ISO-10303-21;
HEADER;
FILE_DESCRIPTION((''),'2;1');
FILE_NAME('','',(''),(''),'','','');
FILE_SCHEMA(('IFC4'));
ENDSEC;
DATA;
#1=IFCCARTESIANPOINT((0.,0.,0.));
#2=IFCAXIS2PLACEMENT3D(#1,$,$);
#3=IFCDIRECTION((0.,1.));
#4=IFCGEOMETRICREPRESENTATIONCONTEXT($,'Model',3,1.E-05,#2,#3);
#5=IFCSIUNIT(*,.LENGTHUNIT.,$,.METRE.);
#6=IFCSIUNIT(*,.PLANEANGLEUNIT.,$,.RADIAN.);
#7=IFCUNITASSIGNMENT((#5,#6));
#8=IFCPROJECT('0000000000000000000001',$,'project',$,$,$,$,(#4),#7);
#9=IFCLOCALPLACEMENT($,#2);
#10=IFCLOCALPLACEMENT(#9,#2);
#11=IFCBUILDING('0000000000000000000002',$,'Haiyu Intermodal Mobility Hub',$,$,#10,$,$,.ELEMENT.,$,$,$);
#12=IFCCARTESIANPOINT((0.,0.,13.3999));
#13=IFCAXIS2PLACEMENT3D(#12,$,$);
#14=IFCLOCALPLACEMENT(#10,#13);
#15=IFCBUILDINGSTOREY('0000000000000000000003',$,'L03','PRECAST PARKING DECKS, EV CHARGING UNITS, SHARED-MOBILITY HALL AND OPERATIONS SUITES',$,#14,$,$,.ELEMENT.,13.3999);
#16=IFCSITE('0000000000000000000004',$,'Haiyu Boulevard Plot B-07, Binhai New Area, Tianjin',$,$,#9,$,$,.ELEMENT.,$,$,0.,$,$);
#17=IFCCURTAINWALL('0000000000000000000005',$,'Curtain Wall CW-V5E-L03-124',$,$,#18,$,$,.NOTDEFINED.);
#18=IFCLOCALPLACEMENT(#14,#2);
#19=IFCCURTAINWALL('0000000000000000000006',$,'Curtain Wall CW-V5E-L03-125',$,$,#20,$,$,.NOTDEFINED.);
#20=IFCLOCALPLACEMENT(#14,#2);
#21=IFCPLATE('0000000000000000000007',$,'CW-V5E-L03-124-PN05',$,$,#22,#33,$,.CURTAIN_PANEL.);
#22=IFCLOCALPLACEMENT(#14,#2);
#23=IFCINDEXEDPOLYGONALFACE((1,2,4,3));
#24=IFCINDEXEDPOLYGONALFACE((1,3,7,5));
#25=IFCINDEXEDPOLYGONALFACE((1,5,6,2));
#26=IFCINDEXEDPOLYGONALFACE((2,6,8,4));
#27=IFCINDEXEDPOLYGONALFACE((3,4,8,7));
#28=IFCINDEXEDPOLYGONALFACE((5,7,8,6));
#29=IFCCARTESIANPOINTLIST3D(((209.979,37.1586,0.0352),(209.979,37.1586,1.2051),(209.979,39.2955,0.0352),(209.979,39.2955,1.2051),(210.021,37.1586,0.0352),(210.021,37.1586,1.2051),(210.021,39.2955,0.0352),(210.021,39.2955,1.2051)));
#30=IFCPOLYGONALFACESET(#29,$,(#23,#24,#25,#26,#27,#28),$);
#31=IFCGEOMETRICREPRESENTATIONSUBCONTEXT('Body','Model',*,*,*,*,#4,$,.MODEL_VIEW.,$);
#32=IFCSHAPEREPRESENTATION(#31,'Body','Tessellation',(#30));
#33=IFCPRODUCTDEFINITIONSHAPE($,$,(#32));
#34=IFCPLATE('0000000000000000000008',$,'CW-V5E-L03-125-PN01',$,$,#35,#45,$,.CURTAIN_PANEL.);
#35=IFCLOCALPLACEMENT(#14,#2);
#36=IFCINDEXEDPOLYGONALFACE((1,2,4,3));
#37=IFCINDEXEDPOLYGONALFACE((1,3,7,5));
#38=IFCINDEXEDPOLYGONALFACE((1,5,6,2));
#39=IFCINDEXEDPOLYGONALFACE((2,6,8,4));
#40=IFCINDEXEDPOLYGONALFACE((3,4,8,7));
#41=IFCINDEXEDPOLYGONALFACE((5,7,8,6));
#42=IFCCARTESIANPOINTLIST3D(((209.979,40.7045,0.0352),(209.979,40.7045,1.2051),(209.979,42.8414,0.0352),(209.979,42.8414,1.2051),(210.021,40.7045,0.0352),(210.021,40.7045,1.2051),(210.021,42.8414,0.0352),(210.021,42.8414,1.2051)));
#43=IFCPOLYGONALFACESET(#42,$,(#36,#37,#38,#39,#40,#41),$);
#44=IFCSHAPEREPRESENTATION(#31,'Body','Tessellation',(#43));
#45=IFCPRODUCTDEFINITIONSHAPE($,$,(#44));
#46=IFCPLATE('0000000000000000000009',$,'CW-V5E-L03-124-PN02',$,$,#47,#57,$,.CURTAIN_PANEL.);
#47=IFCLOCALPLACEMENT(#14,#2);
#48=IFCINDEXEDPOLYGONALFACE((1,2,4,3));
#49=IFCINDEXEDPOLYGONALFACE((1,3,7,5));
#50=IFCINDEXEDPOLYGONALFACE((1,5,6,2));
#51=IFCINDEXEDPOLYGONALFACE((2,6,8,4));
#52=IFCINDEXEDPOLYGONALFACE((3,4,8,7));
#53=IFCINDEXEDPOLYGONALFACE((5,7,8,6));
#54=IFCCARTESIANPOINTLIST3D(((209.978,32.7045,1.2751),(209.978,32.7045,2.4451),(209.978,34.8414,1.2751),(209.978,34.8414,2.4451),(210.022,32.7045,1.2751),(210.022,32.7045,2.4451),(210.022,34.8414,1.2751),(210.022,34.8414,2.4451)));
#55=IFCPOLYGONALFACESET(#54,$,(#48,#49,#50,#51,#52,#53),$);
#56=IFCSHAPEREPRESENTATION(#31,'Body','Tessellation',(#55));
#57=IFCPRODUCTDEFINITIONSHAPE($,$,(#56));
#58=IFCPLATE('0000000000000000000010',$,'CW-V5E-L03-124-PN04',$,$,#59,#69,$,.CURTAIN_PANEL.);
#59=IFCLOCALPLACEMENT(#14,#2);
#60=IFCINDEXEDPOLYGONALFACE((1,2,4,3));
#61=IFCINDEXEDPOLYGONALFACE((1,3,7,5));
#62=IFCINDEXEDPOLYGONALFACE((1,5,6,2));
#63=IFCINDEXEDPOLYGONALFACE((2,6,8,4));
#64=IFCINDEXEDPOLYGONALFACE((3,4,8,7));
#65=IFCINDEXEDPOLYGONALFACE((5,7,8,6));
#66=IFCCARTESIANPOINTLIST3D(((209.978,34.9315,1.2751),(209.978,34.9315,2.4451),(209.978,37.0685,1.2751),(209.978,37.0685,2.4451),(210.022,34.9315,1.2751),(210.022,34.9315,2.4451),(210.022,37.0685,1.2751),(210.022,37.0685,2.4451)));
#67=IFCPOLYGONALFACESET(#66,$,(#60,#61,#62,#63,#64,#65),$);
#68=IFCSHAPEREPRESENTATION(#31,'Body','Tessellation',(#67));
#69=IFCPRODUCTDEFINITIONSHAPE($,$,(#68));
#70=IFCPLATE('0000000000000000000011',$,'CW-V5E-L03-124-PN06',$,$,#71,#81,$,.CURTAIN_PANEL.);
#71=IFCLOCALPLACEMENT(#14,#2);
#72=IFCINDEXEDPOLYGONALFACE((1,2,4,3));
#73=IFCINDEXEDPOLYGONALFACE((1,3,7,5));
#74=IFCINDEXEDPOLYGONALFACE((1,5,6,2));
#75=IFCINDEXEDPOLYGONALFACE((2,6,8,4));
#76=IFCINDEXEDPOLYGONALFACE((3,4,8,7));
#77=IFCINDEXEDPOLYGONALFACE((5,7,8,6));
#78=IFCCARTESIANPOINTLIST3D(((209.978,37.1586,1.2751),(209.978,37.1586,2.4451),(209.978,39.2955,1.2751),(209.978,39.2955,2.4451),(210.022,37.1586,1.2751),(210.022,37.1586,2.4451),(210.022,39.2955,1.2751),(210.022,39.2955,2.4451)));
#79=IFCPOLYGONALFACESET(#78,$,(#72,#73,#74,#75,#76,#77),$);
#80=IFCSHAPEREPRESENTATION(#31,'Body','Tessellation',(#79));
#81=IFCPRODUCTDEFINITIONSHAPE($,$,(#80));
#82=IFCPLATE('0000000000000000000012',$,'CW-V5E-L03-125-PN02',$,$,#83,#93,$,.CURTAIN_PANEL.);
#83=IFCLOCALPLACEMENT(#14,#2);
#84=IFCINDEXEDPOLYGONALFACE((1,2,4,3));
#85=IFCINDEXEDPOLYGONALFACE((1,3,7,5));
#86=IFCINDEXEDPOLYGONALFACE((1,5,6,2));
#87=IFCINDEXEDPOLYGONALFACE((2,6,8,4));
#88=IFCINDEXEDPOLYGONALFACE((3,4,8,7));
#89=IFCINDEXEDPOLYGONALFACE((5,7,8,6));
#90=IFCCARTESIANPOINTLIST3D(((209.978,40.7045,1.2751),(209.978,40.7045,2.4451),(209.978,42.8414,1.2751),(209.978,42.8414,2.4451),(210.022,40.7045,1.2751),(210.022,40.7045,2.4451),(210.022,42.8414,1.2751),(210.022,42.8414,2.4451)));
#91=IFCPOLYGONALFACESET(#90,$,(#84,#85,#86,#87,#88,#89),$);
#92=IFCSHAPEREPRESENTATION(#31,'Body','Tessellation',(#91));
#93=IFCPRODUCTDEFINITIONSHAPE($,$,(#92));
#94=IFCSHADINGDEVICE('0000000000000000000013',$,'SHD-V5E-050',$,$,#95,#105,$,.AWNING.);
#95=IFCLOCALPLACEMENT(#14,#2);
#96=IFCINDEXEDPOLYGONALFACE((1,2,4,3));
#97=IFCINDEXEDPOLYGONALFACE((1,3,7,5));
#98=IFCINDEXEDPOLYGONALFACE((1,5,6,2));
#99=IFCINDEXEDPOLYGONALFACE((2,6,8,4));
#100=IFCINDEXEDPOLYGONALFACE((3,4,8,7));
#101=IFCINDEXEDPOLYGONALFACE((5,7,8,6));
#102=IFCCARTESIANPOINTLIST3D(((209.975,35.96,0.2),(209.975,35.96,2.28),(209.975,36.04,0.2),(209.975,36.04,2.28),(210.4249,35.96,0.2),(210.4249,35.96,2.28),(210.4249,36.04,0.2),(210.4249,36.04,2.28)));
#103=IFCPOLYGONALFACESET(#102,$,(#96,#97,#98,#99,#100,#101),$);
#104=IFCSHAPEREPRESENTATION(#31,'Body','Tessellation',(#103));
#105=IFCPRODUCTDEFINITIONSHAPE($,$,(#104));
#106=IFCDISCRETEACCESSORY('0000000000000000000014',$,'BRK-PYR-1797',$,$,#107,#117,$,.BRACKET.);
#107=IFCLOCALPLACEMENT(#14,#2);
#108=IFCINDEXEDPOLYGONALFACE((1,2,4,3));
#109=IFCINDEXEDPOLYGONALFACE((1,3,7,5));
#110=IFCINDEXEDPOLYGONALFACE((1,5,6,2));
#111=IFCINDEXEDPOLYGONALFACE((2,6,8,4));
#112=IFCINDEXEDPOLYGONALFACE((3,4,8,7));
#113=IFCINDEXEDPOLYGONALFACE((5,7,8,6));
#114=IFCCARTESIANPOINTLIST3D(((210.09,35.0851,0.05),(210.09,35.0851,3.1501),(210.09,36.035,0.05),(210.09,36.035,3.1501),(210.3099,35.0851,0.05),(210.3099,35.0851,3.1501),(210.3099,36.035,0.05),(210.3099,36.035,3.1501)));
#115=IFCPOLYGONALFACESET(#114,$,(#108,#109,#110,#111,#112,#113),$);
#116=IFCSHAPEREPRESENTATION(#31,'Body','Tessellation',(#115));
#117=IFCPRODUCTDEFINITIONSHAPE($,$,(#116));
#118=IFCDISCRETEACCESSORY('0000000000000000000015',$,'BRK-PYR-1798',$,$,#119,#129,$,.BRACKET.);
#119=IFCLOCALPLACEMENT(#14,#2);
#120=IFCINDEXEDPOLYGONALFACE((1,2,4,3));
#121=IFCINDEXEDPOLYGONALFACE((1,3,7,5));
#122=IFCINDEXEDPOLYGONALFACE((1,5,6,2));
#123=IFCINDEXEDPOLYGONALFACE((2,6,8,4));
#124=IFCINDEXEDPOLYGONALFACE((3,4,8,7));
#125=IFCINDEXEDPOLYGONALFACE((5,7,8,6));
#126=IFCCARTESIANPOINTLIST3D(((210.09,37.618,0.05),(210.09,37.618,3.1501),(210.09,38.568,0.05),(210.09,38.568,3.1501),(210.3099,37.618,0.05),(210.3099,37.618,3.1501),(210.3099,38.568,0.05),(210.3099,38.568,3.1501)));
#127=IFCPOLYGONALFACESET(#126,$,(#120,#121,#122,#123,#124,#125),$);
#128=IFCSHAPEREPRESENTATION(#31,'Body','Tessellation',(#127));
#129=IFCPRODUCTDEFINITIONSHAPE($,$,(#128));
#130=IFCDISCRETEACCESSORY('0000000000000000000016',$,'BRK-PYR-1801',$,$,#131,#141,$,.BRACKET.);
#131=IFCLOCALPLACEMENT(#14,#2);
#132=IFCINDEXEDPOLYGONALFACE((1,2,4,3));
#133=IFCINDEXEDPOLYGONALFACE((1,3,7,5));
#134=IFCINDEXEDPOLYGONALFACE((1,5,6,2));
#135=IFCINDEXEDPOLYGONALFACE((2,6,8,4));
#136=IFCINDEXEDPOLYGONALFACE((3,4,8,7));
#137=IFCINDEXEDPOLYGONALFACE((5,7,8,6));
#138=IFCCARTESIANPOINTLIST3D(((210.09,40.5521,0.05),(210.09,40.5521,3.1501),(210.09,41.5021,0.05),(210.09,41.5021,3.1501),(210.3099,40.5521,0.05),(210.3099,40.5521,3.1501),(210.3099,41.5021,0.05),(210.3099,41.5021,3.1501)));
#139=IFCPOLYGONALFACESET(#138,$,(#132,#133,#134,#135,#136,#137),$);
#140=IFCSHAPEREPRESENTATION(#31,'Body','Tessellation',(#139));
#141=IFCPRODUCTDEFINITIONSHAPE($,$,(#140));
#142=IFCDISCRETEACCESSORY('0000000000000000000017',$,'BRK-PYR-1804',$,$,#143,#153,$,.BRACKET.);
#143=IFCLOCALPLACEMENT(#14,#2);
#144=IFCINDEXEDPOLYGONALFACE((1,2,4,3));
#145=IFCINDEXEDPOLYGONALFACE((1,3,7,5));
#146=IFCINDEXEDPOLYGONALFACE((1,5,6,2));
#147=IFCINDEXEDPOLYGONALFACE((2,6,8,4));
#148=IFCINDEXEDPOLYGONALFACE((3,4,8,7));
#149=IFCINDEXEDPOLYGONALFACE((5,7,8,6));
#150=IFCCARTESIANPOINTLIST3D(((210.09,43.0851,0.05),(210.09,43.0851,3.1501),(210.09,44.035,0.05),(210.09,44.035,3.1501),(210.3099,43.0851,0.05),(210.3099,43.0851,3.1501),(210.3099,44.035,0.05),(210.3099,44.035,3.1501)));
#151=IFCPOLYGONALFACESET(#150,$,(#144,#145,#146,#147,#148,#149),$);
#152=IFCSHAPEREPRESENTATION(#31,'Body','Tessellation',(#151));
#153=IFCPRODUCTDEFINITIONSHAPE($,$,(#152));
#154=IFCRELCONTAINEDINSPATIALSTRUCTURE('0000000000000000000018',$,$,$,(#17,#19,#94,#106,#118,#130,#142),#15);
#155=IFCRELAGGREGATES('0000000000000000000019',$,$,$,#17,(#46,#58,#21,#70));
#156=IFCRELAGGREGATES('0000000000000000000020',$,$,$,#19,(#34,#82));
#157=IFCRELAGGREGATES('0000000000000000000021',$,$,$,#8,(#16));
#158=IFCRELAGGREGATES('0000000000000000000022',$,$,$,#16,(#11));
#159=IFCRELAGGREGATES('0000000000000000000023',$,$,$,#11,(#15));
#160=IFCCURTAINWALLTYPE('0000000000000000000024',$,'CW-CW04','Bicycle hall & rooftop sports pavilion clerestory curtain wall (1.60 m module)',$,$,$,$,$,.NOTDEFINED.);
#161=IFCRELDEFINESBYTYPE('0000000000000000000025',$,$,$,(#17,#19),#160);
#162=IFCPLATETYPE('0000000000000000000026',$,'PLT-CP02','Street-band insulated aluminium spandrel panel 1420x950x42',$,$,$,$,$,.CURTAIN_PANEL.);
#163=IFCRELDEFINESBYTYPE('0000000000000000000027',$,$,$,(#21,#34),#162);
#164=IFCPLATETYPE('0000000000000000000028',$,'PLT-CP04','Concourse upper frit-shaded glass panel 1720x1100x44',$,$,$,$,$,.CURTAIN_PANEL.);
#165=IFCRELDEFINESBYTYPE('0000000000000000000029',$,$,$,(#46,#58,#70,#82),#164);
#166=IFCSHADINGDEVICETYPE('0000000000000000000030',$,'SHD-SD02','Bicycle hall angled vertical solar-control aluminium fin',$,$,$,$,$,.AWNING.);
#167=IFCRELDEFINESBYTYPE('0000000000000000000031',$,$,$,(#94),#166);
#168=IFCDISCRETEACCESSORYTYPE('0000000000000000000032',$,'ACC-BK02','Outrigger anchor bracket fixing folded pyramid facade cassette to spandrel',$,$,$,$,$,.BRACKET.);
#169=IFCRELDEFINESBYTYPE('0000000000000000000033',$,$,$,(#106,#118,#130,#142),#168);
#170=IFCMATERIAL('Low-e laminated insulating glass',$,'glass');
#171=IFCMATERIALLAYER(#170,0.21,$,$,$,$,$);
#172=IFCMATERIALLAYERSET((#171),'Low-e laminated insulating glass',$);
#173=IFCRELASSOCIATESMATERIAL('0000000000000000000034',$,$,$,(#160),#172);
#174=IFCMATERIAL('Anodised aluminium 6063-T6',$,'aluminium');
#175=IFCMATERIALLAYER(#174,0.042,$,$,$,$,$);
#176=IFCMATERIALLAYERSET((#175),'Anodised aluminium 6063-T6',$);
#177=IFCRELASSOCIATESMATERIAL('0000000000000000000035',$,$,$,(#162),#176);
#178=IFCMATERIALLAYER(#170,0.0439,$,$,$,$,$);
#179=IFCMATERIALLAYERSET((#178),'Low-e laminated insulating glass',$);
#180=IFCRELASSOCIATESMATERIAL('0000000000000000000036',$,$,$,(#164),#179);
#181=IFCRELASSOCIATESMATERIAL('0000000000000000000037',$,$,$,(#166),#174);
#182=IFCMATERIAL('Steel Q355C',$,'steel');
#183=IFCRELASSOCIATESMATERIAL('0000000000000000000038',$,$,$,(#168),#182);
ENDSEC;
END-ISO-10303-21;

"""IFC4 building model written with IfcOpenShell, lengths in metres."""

from ifc_helpers import new_model, si_unit, direction, frame, origin, origin_2d, place, context, subcontext, project, spatial, rectangle, extrude, material, layer, layer_set, material_profile, profile_set, type_object, element, aggregate, save


model = new_model("IFC4")

# Units and contexts
model_context = context("Model", 3, precision=1e-05, world=origin(), true_north=direction((0.0, 1.0)))
body_context = subcontext(model_context, "Body", "Model", "MODEL_VIEW")
ifc_project = project(units=[si_unit("LENGTHUNIT", "METRE"), si_unit("PLANEANGLEUNIT", "RADIAN")], contexts=[model_context])

# Site, building, storey
site_placement = place(None, origin())
site = spatial("IfcSite", under=ifc_project, at=site_placement, Name="Haiyu Boulevard Plot B-07, Binhai New Area, Tianjin", CompositionType="ELEMENT", RefElevation=0.0)
building_placement = place(site_placement, origin())
building = spatial("IfcBuilding", under=site, at=building_placement, Name="Haiyu Intermodal Mobility Hub", CompositionType="ELEMENT")
storey_placement = place(building_placement, frame((0.0, 0.0, 13.3999)))
storey = spatial("IfcBuildingStorey", under=building, at=storey_placement, Name="L03", Description="PRECAST PARKING DECKS, EV CHARGING UNITS, SHARED-MOBILITY HALL AND OPERATIONS SUITES", CompositionType="ELEMENT", Elevation=13.3999)

# Curtain walls
ifc_material_1 = material(Name="Low-e laminated insulating glass", Category="glass")
ifc_layer_1 = layer(ifc_material_1, 0.21)
ifc_layer_set_1 = layer_set([ifc_layer_1], Name="Low-e laminated insulating glass")
curtain_wall_type = type_object("IfcCurtainWallType", Name="CW-CW04", Description="Bicycle hall & rooftop sports pavilion clerestory curtain wall (1.60 m module)", PredefinedType="NOTDEFINED", material=ifc_layer_set_1)
curtain_wall_1_placement = place(storey_placement, origin())
curtain_wall_1 = element("IfcCurtainWall", 1, at=curtain_wall_1_placement, inside=storey, type_object=curtain_wall_type, Name="Curtain Wall CW-V5E-L03-124", PredefinedType="NOTDEFINED")
ifc_material_2 = material(Name="Anodised aluminium 6063-T6", Category="aluminium")
curtain_wall_2_placement = place(storey_placement, origin())
curtain_wall_2 = element("IfcCurtainWall", 2, at=curtain_wall_2_placement, inside=storey, type_object=curtain_wall_type, Name="Curtain Wall CW-V5E-L03-125", PredefinedType="NOTDEFINED")

# Plates
ifc_layer_2 = layer(ifc_material_2, 0.042)
ifc_layer_set_2 = layer_set([ifc_layer_2], Name="Anodised aluminium 6063-T6")
plate_type_1 = type_object("IfcPlateType", Name="PLT-CP02", Description="Street-band insulated aluminium spandrel panel 1420x950x42", PredefinedType="CURTAIN_PANEL", material=ifc_layer_set_2)
plate_1_placement = place(storey_placement, frame((210.0, 38.2271, 0.0352), z_axis=(0.0, 0.0, 1.0), x_axis=(0.0, 1.0, 0.0)))
plate_1 = element("IfcPlate", 3, at=plate_1_placement, type_object=plate_type_1, Name="CW-V5E-L03-124-PN05", PredefinedType="CURTAIN_PANEL", context=body_context, shape_type="SweptSolid", body=[
    extrude(rectangle(XDim=2.137, YDim=0.042, at=origin_2d()), origin(), (0.0, 0.0, 1.0), 1.1699),
])
plate_2_placement = place(storey_placement, frame((210.0, 41.7729, 0.0352), z_axis=(0.0, 0.0, 1.0), x_axis=(0.0, 1.0, 0.0)))
plate_2 = element("IfcPlate", 4, at=plate_2_placement, type_object=plate_type_1, Name="CW-V5E-L03-125-PN01", PredefinedType="CURTAIN_PANEL", context=body_context, shape_type="SweptSolid", body=[
    extrude(rectangle(XDim=2.137, YDim=0.042, at=origin_2d()), origin(), (0.0, 0.0, 1.0), 1.1699),
])
ifc_layer_3 = layer(ifc_material_1, 0.0439)
ifc_layer_set_3 = layer_set([ifc_layer_3], Name="Low-e laminated insulating glass")
plate_type_2 = type_object("IfcPlateType", Name="PLT-CP04", Description="Concourse upper frit-shaded glass panel 1720x1100x44", PredefinedType="CURTAIN_PANEL", material=ifc_layer_set_3)
plate_3_placement = place(storey_placement, frame((210.0, 33.7729, 1.2751), z_axis=(0.0, 0.0, 1.0), x_axis=(0.0, 1.0, 0.0)))
plate_3 = element("IfcPlate", 5, at=plate_3_placement, type_object=plate_type_2, Name="CW-V5E-L03-124-PN02", PredefinedType="CURTAIN_PANEL", context=body_context, shape_type="SweptSolid", body=[
    extrude(rectangle(XDim=2.137, YDim=0.0439, at=origin_2d()), origin(), (0.0, 0.0, 1.0), 1.1699),
])
plate_4_placement = place(storey_placement, frame((210.0, 36.0, 1.2751), z_axis=(0.0, 0.0, 1.0), x_axis=(0.0, 1.0, 0.0)))
plate_4 = element("IfcPlate", 6, at=plate_4_placement, type_object=plate_type_2, Name="CW-V5E-L03-124-PN04", PredefinedType="CURTAIN_PANEL", context=body_context, shape_type="SweptSolid", body=[
    extrude(rectangle(XDim=2.137, YDim=0.0439, at=origin_2d()), origin(), (0.0, 0.0, 1.0), 1.1699),
])
plate_5_placement = place(storey_placement, frame((210.0, 38.2271, 1.2751), z_axis=(0.0, 0.0, 1.0), x_axis=(0.0, 1.0, 0.0)))
plate_5 = element("IfcPlate", 7, at=plate_5_placement, type_object=plate_type_2, Name="CW-V5E-L03-124-PN06", PredefinedType="CURTAIN_PANEL", context=body_context, shape_type="SweptSolid", body=[
    extrude(rectangle(XDim=2.137, YDim=0.0439, at=origin_2d()), origin(), (0.0, 0.0, 1.0), 1.1699),
])
aggregate(curtain_wall_1, [plate_3, plate_4, plate_1, plate_5])
plate_6_placement = place(storey_placement, frame((210.0, 41.7729, 1.2751), z_axis=(0.0, 0.0, 1.0), x_axis=(0.0, 1.0, 0.0)))
plate_6 = element("IfcPlate", 8, at=plate_6_placement, type_object=plate_type_2, Name="CW-V5E-L03-125-PN02", PredefinedType="CURTAIN_PANEL", context=body_context, shape_type="SweptSolid", body=[
    extrude(rectangle(XDim=2.137, YDim=0.0439, at=origin_2d()), origin(), (0.0, 0.0, 1.0), 1.1699),
])
aggregate(curtain_wall_2, [plate_2, plate_6])

# Shading device
ifc_material_profile_1 = material_profile(ifc_material_2, rectangle(XDim=0.0701, YDim=0.55, at=origin_2d()), Name="FIN70x550")
ifc_profile_set_1 = profile_set([ifc_material_profile_1], Name="Anodised aluminium 6063-T6")
shading_device_type = type_object("IfcShadingDeviceType", Name="SHD-SD02", Description="Bicycle hall angled vertical solar-control aluminium fin", PredefinedType="AWNING", material=ifc_profile_set_1)
shading_device_placement = place(storey_placement, frame((210.2, 36.0, 0.2), z_axis=(0.0, 0.0, 1.0), x_axis=(1.0, 0.0, 0.0)))
element("IfcShadingDevice", 9, at=shading_device_placement, inside=storey, type_object=shading_device_type, Name="SHD-V5E-050", PredefinedType="AWNING", context=body_context, shape_type="SweptSolid", body=[
    extrude(rectangle(XDim=0.45, YDim=0.0801, at=origin_2d()), origin(), (0.0, 0.0, 1.0), 2.0801),
])

# Discrete accessories
ifc_material_3 = material(Name="Steel Q355C", Category="steel")
discrete_accessory_type = type_object("IfcDiscreteAccessoryType", Name="ACC-BK02", Description="Outrigger anchor bracket fixing folded pyramid facade cassette to spandrel", PredefinedType="BRACKET", material=ifc_material_3)
for number, where, z_axis, x_axis, name in (
    (10, (210.2, 35.5601, 0.05), (0.0, 0.0, 1.0), (1.0, 0.0, 0.0), "BRK-PYR-1797"),
    (11, (210.2, 38.093, 0.05), (0.0, 0.0, 1.0), (1.0, 0.0, 0.0), "BRK-PYR-1798"),
    (12, (210.2, 41.0271, 0.05), (0.0, 0.0, 1.0), (1.0, 0.0, 0.0), "BRK-PYR-1801"),
    (13, (210.2, 43.5601, 0.05), (0.0, 0.0, 1.0), (1.0, 0.0, 0.0), "BRK-PYR-1804"),
):
    element("IfcDiscreteAccessory", number, at=place(storey_placement, frame(where, z_axis=z_axis, x_axis=x_axis)), inside=storey, type_object=discrete_accessory_type, Name=name, PredefinedType="BRACKET", context=body_context, shape_type="SweptSolid", body=[
        extrude(rectangle(XDim=0.22, YDim=0.95, at=origin_2d()), origin(), (0.0, 0.0, 1.0), 3.1001),
    ])

save(model, "model.ifc")
